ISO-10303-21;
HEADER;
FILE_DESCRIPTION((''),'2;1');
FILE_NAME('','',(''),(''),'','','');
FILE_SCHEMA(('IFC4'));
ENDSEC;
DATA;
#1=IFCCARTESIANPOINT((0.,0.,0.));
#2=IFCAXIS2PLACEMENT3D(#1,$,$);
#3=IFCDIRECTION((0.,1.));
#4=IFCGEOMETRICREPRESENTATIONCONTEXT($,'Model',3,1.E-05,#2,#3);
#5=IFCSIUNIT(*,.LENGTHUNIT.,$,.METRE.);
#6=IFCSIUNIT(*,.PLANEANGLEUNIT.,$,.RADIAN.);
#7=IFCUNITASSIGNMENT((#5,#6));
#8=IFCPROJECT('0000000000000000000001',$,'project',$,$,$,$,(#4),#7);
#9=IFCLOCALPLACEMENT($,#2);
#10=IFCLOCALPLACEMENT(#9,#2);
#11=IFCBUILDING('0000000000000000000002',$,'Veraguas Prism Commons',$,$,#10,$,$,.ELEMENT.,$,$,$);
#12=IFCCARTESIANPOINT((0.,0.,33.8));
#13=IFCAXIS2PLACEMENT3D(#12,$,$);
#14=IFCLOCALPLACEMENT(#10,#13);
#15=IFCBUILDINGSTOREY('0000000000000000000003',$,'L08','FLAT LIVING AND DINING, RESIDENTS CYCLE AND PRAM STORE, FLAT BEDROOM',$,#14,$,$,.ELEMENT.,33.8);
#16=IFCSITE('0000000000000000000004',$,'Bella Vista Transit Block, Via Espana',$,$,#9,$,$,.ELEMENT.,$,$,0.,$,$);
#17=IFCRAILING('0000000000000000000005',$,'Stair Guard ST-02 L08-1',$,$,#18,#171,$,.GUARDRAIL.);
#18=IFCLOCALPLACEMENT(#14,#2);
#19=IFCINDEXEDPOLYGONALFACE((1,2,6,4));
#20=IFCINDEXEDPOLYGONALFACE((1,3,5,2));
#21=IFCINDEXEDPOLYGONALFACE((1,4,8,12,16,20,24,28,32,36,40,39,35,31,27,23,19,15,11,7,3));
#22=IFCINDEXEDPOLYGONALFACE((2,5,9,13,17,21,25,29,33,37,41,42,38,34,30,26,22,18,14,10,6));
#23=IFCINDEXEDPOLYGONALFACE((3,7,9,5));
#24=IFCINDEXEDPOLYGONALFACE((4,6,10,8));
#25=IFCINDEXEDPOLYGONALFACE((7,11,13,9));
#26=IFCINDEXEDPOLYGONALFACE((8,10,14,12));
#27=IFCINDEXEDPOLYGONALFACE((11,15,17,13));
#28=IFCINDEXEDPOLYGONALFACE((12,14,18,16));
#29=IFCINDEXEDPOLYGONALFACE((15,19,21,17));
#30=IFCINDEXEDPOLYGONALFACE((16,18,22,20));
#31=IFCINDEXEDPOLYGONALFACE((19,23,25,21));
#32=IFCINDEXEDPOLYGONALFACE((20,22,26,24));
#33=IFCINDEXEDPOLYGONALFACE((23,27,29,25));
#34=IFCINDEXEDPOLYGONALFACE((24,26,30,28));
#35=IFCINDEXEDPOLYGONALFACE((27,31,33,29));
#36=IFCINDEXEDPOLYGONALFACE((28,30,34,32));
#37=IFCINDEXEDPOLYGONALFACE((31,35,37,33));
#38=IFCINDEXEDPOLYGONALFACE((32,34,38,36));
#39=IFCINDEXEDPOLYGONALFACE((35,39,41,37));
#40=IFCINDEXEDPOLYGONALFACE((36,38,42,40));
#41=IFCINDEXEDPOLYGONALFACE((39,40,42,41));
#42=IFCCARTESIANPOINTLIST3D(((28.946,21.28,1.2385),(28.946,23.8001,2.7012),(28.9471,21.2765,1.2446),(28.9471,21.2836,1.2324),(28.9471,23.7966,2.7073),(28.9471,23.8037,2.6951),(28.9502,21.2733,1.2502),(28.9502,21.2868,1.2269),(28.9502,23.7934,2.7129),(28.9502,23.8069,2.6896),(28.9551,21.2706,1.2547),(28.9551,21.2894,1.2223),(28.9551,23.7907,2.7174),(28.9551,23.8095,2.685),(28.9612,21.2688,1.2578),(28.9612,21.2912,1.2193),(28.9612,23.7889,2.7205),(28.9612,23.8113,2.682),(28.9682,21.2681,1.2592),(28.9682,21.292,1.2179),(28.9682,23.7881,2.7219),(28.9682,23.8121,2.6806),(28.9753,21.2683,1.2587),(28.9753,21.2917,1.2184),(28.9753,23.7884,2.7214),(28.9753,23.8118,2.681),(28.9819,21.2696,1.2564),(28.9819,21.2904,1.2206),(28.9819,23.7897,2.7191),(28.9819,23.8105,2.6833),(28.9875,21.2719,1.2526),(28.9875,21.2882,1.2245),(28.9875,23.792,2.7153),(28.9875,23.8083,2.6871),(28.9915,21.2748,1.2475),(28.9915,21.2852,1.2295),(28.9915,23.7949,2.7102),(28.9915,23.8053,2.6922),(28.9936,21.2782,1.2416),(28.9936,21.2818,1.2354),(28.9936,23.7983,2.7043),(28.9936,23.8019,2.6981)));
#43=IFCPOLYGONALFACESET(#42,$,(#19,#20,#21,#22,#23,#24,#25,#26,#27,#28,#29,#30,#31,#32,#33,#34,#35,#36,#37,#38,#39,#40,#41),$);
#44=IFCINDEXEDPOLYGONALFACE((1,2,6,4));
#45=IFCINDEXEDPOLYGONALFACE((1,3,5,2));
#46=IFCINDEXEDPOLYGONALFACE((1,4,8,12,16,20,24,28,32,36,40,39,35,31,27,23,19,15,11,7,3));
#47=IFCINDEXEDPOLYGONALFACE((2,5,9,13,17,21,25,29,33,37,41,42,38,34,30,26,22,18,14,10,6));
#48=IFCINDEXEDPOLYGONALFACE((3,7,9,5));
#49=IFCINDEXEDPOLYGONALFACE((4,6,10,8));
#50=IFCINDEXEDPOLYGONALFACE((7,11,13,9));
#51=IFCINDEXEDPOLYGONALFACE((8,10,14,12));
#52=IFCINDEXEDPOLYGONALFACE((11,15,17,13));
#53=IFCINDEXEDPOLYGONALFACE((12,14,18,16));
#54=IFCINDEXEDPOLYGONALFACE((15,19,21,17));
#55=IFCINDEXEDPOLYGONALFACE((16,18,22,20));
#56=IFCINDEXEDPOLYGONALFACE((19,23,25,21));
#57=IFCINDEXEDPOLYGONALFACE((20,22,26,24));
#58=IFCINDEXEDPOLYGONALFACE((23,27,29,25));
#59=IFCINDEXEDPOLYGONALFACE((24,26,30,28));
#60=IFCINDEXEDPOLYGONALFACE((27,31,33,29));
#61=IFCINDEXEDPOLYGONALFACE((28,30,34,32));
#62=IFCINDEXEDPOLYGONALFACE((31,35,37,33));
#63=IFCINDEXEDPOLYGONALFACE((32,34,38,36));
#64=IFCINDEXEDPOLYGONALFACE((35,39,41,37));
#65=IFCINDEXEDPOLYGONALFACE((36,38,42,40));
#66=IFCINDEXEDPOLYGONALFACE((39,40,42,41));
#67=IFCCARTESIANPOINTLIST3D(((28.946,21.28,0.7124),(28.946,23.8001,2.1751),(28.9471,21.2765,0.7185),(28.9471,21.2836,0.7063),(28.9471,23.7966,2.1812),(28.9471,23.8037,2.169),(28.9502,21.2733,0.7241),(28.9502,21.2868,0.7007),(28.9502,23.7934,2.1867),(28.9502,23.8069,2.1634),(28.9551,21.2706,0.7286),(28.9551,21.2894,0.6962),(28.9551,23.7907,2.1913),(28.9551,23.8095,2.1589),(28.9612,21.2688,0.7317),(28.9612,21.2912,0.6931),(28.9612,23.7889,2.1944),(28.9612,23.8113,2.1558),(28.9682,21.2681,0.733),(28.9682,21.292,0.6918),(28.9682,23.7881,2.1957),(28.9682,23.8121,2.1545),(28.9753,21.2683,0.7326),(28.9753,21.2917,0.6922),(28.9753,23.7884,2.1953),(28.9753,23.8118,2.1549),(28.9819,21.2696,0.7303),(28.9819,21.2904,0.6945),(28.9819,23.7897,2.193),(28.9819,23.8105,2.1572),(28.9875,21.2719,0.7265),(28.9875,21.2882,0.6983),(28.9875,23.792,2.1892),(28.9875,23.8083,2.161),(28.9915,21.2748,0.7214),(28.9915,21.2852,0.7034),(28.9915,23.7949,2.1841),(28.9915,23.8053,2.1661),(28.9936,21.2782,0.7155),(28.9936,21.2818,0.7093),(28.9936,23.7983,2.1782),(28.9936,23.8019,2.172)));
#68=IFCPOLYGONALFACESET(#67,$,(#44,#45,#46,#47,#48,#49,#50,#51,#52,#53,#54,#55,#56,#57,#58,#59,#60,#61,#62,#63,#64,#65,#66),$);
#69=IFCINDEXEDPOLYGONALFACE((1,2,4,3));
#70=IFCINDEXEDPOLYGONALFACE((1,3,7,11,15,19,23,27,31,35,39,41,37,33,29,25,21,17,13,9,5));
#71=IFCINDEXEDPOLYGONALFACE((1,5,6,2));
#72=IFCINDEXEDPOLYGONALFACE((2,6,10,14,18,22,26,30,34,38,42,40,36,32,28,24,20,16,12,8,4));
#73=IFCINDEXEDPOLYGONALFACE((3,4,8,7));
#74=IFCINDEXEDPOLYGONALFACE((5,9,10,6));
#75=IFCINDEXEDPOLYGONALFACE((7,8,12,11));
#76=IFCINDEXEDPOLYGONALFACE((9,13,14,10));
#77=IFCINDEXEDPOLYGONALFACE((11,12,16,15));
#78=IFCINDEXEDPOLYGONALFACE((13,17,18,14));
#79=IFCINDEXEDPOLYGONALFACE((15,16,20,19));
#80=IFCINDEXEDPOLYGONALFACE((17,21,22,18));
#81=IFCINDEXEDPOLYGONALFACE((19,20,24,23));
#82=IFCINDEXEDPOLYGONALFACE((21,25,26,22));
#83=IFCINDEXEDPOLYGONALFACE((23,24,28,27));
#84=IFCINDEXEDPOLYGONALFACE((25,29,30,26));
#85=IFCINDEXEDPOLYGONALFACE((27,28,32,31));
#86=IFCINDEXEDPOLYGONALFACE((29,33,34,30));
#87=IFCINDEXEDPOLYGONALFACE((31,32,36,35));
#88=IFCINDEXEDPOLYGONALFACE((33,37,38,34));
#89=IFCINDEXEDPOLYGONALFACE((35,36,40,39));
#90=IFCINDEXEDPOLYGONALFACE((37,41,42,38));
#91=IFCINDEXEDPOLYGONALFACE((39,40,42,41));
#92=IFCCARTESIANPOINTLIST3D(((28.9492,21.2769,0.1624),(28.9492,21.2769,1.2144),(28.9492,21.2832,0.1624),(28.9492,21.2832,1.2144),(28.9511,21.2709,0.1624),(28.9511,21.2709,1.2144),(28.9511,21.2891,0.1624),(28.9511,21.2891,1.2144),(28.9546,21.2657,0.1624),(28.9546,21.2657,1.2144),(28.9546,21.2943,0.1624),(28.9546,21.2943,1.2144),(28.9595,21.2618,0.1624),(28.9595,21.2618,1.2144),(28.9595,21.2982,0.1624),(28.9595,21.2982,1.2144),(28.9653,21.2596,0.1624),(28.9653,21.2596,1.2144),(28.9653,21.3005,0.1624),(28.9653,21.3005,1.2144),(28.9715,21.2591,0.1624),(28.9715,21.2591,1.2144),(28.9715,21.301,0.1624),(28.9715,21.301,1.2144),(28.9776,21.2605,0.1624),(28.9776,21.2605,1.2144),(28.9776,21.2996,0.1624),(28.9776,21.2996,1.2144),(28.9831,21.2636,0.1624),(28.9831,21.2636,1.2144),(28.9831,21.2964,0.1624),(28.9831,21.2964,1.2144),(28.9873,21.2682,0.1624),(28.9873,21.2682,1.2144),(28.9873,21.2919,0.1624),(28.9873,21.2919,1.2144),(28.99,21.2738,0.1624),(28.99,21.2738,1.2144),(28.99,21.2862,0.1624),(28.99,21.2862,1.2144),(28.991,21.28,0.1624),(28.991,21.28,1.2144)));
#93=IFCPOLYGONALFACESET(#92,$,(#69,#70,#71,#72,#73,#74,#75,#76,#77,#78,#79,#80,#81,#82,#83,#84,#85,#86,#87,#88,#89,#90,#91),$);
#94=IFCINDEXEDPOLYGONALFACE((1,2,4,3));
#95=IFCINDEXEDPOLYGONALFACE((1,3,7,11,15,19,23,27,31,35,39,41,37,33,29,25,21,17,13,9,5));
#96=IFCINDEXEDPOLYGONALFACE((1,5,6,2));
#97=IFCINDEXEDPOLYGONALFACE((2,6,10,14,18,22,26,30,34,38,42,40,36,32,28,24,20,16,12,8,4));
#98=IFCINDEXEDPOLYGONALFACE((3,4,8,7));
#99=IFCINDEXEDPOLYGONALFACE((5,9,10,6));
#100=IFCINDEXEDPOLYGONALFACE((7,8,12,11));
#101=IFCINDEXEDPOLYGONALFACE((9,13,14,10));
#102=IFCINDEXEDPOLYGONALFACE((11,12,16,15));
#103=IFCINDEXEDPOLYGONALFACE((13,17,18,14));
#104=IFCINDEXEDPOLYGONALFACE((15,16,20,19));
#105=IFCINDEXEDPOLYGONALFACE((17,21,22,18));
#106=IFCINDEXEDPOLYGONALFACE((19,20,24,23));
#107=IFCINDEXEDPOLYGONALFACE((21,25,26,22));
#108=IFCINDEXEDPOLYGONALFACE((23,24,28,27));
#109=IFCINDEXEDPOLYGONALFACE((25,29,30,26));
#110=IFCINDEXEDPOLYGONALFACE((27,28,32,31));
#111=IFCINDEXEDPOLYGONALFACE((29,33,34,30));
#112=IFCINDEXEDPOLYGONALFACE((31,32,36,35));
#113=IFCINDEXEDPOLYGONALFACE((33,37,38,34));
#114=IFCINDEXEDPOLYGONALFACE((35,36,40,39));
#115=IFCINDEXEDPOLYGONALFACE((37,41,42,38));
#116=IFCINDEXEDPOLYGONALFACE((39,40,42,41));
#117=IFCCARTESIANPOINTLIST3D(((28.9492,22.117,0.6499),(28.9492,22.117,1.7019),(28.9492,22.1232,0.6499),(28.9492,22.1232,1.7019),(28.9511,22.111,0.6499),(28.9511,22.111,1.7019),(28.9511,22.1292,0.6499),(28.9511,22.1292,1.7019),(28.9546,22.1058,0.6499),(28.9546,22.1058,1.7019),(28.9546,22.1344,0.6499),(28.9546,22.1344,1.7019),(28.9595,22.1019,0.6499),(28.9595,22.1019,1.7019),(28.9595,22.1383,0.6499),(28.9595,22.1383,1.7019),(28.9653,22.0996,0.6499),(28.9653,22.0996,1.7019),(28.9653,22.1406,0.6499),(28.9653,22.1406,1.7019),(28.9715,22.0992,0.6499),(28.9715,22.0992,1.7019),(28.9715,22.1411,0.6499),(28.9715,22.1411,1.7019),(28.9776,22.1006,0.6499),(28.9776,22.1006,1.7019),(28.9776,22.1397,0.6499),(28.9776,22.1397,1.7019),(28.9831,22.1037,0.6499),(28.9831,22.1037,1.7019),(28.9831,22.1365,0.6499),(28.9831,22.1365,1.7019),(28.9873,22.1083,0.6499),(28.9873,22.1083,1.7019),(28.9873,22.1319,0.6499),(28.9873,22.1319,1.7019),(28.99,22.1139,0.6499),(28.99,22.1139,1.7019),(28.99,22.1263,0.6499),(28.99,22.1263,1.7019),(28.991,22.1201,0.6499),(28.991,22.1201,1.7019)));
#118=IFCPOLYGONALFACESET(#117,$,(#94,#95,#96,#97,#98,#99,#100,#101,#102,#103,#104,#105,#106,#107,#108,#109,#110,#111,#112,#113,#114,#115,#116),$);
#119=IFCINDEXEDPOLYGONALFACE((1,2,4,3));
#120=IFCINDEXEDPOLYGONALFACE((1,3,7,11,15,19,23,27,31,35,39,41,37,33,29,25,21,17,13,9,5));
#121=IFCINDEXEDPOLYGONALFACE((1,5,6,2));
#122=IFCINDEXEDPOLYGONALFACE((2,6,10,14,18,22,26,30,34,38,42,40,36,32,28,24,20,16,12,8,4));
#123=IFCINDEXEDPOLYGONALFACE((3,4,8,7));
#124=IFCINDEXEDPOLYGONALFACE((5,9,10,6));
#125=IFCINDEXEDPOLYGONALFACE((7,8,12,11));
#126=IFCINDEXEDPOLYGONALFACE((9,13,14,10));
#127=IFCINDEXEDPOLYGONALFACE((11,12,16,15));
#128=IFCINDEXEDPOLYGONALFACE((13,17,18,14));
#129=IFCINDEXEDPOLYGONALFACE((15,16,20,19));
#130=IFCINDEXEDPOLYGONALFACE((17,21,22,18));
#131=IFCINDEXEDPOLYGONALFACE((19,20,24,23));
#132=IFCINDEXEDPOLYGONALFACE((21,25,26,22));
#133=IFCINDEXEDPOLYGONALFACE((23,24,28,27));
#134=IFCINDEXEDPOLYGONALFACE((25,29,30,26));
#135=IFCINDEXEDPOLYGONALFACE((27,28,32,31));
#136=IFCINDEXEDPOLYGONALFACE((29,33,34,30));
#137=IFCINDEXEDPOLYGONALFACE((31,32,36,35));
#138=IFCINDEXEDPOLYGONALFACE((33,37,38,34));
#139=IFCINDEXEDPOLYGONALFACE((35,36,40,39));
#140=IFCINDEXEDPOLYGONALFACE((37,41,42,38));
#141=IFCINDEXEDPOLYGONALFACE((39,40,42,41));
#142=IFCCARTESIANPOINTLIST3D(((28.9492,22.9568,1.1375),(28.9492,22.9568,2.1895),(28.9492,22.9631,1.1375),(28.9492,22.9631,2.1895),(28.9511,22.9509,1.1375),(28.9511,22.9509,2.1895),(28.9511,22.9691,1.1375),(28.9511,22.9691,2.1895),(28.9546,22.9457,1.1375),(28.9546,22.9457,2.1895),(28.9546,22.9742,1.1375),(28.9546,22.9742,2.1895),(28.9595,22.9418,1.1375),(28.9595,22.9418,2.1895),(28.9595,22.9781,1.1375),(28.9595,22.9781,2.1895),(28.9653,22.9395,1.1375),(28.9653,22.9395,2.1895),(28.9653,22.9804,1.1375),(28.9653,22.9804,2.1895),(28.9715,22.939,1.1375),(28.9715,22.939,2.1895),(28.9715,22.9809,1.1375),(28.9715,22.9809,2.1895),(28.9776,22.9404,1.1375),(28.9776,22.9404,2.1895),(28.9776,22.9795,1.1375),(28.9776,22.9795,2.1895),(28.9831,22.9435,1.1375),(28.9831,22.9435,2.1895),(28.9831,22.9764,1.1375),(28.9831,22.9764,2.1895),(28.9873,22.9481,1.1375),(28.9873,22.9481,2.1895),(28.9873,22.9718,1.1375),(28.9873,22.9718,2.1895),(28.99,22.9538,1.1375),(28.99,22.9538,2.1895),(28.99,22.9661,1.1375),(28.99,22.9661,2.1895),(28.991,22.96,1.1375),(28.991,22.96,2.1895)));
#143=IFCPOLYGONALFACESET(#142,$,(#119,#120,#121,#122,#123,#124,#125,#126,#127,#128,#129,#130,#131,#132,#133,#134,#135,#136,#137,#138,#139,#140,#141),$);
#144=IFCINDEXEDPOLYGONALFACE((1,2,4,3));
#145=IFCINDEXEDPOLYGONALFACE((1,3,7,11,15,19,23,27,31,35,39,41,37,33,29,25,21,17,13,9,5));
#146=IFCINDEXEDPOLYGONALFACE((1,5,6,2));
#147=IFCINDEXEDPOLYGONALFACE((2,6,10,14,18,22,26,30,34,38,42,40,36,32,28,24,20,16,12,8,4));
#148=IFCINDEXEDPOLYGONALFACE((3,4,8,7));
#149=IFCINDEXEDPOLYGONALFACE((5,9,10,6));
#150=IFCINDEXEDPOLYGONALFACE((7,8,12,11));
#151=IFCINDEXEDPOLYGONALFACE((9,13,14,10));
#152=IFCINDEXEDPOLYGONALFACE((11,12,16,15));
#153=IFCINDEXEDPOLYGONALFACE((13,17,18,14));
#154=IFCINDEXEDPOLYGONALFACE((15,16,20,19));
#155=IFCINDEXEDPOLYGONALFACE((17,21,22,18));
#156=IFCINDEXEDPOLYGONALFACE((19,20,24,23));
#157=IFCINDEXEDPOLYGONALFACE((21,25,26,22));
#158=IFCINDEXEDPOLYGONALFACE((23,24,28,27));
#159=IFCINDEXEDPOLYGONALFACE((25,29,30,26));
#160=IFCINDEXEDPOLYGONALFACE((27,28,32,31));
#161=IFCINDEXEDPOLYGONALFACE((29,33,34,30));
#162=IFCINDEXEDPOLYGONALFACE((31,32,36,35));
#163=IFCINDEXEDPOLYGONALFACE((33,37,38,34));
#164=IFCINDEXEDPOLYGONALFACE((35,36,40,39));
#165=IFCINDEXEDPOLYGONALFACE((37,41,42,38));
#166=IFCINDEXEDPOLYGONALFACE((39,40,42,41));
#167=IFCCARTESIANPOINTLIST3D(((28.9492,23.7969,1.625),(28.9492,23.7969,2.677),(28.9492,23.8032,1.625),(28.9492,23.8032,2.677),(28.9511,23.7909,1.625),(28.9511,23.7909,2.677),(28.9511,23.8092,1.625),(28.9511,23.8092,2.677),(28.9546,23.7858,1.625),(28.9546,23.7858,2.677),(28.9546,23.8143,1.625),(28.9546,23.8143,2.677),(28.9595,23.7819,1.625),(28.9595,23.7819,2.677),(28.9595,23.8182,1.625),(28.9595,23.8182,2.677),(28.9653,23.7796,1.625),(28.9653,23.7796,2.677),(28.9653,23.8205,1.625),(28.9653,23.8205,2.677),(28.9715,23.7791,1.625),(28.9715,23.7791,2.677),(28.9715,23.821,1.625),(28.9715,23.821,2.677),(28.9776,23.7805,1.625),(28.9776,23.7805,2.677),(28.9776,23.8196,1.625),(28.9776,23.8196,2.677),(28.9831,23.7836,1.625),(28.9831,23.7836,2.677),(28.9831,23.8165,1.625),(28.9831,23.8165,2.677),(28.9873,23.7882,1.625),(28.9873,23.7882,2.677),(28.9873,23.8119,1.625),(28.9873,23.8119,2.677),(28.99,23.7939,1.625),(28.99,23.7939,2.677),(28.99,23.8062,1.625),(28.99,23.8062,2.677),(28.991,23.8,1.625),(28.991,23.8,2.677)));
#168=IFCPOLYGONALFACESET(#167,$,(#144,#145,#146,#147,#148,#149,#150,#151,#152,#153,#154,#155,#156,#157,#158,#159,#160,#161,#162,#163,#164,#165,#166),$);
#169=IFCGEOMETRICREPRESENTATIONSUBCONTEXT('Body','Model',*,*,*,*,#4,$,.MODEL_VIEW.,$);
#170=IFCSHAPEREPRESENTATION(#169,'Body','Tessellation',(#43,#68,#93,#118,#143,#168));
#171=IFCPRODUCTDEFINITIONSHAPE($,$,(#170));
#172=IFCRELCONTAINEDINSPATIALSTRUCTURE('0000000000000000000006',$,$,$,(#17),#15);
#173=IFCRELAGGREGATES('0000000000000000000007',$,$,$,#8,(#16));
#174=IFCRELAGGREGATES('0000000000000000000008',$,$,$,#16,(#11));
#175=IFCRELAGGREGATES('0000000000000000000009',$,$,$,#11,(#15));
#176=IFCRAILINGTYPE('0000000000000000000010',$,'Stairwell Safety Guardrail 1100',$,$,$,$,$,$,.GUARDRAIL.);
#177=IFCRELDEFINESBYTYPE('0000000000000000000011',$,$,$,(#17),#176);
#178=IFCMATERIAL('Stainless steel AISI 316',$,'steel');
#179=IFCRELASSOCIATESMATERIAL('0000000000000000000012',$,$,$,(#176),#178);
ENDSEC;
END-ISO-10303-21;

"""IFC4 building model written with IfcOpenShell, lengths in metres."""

from ifc_helpers import new_model, si_unit, direction, frame, origin, origin_2d, place, context, subcontext, project, spatial, circle, extrude, material, type_object, element, save


model = new_model("IFC4")

# Units and contexts
model_context = context("Model", 3, precision=1e-05, world=origin(), true_north=direction((0.0, 1.0)))
body_context = subcontext(model_context, "Body", "Model", "MODEL_VIEW")
ifc_project = project(units=[si_unit("LENGTHUNIT", "METRE"), si_unit("PLANEANGLEUNIT", "RADIAN")], contexts=[model_context])

# Site, building, storey
site_placement = place(None, origin())
site = spatial("IfcSite", under=ifc_project, at=site_placement, Name="Bella Vista Transit Block, Via Espana", CompositionType="ELEMENT", RefElevation=0.0)
building_placement = place(site_placement, origin())
building = spatial("IfcBuilding", under=site, at=building_placement, Name="Veraguas Prism Commons", CompositionType="ELEMENT")
storey_placement = place(building_placement, frame((0.0, 0.0, 33.8)))
storey = spatial("IfcBuildingStorey", under=building, at=storey_placement, Name="L08", Description="FLAT LIVING AND DINING, RESIDENTS CYCLE AND PRAM STORE, FLAT BEDROOM", CompositionType="ELEMENT", Elevation=33.8)

# Shared definitions
ifc_material_1 = material(Name="Stainless steel AISI 316", Category="steel")

# Railing
railing_type_1 = type_object("IfcRailingType", Name="Stairwell Safety Guardrail 1100", PredefinedType="GUARDRAIL", material=ifc_material_1)
railing_1_placement = place(storey_placement, frame((28.97, 21.28, 0.1624)))
element("IfcRailing", 1, at=railing_1_placement, inside=storey, type_object=railing_type_1, Name="Stair Guard ST-02 L08-1", PredefinedType="GUARDRAIL", context=body_context, shape_type="SweptSolid", body=[
    extrude(circle(Radius=0.0239, at=origin_2d()), frame((0.0, 0.0, 1.0762), z_axis=(0.0, 0.864877, 0.501984), x_axis=(-1.0, 0.0, 0.0)), (0.0, 0.0, 1.0), 2.9138),
    extrude(circle(Radius=0.0239, at=origin_2d()), frame((0.0, 0.0, 0.55), z_axis=(0.0, 0.864877, 0.501984), x_axis=(-1.0, 0.0, 0.0)), (0.0, 0.0, 1.0), 2.9138),
    extrude(circle(Radius=0.021, at=origin_2d()), origin(), (0.0, 0.0, 1.0), 1.052),
    extrude(circle(Radius=0.021, at=origin_2d()), frame((0.0, 0.8401, 0.4875)), (0.0, 0.0, 1.0), 1.052),
    extrude(circle(Radius=0.021, at=origin_2d()), frame((0.0, 1.6799, 0.9751)), (0.0, 0.0, 1.0), 1.052),
    extrude(circle(Radius=0.021, at=origin_2d()), frame((0.0, 2.52, 1.4626)), (0.0, 0.0, 1.0), 1.052),
])

save(model, "model.ifc")
